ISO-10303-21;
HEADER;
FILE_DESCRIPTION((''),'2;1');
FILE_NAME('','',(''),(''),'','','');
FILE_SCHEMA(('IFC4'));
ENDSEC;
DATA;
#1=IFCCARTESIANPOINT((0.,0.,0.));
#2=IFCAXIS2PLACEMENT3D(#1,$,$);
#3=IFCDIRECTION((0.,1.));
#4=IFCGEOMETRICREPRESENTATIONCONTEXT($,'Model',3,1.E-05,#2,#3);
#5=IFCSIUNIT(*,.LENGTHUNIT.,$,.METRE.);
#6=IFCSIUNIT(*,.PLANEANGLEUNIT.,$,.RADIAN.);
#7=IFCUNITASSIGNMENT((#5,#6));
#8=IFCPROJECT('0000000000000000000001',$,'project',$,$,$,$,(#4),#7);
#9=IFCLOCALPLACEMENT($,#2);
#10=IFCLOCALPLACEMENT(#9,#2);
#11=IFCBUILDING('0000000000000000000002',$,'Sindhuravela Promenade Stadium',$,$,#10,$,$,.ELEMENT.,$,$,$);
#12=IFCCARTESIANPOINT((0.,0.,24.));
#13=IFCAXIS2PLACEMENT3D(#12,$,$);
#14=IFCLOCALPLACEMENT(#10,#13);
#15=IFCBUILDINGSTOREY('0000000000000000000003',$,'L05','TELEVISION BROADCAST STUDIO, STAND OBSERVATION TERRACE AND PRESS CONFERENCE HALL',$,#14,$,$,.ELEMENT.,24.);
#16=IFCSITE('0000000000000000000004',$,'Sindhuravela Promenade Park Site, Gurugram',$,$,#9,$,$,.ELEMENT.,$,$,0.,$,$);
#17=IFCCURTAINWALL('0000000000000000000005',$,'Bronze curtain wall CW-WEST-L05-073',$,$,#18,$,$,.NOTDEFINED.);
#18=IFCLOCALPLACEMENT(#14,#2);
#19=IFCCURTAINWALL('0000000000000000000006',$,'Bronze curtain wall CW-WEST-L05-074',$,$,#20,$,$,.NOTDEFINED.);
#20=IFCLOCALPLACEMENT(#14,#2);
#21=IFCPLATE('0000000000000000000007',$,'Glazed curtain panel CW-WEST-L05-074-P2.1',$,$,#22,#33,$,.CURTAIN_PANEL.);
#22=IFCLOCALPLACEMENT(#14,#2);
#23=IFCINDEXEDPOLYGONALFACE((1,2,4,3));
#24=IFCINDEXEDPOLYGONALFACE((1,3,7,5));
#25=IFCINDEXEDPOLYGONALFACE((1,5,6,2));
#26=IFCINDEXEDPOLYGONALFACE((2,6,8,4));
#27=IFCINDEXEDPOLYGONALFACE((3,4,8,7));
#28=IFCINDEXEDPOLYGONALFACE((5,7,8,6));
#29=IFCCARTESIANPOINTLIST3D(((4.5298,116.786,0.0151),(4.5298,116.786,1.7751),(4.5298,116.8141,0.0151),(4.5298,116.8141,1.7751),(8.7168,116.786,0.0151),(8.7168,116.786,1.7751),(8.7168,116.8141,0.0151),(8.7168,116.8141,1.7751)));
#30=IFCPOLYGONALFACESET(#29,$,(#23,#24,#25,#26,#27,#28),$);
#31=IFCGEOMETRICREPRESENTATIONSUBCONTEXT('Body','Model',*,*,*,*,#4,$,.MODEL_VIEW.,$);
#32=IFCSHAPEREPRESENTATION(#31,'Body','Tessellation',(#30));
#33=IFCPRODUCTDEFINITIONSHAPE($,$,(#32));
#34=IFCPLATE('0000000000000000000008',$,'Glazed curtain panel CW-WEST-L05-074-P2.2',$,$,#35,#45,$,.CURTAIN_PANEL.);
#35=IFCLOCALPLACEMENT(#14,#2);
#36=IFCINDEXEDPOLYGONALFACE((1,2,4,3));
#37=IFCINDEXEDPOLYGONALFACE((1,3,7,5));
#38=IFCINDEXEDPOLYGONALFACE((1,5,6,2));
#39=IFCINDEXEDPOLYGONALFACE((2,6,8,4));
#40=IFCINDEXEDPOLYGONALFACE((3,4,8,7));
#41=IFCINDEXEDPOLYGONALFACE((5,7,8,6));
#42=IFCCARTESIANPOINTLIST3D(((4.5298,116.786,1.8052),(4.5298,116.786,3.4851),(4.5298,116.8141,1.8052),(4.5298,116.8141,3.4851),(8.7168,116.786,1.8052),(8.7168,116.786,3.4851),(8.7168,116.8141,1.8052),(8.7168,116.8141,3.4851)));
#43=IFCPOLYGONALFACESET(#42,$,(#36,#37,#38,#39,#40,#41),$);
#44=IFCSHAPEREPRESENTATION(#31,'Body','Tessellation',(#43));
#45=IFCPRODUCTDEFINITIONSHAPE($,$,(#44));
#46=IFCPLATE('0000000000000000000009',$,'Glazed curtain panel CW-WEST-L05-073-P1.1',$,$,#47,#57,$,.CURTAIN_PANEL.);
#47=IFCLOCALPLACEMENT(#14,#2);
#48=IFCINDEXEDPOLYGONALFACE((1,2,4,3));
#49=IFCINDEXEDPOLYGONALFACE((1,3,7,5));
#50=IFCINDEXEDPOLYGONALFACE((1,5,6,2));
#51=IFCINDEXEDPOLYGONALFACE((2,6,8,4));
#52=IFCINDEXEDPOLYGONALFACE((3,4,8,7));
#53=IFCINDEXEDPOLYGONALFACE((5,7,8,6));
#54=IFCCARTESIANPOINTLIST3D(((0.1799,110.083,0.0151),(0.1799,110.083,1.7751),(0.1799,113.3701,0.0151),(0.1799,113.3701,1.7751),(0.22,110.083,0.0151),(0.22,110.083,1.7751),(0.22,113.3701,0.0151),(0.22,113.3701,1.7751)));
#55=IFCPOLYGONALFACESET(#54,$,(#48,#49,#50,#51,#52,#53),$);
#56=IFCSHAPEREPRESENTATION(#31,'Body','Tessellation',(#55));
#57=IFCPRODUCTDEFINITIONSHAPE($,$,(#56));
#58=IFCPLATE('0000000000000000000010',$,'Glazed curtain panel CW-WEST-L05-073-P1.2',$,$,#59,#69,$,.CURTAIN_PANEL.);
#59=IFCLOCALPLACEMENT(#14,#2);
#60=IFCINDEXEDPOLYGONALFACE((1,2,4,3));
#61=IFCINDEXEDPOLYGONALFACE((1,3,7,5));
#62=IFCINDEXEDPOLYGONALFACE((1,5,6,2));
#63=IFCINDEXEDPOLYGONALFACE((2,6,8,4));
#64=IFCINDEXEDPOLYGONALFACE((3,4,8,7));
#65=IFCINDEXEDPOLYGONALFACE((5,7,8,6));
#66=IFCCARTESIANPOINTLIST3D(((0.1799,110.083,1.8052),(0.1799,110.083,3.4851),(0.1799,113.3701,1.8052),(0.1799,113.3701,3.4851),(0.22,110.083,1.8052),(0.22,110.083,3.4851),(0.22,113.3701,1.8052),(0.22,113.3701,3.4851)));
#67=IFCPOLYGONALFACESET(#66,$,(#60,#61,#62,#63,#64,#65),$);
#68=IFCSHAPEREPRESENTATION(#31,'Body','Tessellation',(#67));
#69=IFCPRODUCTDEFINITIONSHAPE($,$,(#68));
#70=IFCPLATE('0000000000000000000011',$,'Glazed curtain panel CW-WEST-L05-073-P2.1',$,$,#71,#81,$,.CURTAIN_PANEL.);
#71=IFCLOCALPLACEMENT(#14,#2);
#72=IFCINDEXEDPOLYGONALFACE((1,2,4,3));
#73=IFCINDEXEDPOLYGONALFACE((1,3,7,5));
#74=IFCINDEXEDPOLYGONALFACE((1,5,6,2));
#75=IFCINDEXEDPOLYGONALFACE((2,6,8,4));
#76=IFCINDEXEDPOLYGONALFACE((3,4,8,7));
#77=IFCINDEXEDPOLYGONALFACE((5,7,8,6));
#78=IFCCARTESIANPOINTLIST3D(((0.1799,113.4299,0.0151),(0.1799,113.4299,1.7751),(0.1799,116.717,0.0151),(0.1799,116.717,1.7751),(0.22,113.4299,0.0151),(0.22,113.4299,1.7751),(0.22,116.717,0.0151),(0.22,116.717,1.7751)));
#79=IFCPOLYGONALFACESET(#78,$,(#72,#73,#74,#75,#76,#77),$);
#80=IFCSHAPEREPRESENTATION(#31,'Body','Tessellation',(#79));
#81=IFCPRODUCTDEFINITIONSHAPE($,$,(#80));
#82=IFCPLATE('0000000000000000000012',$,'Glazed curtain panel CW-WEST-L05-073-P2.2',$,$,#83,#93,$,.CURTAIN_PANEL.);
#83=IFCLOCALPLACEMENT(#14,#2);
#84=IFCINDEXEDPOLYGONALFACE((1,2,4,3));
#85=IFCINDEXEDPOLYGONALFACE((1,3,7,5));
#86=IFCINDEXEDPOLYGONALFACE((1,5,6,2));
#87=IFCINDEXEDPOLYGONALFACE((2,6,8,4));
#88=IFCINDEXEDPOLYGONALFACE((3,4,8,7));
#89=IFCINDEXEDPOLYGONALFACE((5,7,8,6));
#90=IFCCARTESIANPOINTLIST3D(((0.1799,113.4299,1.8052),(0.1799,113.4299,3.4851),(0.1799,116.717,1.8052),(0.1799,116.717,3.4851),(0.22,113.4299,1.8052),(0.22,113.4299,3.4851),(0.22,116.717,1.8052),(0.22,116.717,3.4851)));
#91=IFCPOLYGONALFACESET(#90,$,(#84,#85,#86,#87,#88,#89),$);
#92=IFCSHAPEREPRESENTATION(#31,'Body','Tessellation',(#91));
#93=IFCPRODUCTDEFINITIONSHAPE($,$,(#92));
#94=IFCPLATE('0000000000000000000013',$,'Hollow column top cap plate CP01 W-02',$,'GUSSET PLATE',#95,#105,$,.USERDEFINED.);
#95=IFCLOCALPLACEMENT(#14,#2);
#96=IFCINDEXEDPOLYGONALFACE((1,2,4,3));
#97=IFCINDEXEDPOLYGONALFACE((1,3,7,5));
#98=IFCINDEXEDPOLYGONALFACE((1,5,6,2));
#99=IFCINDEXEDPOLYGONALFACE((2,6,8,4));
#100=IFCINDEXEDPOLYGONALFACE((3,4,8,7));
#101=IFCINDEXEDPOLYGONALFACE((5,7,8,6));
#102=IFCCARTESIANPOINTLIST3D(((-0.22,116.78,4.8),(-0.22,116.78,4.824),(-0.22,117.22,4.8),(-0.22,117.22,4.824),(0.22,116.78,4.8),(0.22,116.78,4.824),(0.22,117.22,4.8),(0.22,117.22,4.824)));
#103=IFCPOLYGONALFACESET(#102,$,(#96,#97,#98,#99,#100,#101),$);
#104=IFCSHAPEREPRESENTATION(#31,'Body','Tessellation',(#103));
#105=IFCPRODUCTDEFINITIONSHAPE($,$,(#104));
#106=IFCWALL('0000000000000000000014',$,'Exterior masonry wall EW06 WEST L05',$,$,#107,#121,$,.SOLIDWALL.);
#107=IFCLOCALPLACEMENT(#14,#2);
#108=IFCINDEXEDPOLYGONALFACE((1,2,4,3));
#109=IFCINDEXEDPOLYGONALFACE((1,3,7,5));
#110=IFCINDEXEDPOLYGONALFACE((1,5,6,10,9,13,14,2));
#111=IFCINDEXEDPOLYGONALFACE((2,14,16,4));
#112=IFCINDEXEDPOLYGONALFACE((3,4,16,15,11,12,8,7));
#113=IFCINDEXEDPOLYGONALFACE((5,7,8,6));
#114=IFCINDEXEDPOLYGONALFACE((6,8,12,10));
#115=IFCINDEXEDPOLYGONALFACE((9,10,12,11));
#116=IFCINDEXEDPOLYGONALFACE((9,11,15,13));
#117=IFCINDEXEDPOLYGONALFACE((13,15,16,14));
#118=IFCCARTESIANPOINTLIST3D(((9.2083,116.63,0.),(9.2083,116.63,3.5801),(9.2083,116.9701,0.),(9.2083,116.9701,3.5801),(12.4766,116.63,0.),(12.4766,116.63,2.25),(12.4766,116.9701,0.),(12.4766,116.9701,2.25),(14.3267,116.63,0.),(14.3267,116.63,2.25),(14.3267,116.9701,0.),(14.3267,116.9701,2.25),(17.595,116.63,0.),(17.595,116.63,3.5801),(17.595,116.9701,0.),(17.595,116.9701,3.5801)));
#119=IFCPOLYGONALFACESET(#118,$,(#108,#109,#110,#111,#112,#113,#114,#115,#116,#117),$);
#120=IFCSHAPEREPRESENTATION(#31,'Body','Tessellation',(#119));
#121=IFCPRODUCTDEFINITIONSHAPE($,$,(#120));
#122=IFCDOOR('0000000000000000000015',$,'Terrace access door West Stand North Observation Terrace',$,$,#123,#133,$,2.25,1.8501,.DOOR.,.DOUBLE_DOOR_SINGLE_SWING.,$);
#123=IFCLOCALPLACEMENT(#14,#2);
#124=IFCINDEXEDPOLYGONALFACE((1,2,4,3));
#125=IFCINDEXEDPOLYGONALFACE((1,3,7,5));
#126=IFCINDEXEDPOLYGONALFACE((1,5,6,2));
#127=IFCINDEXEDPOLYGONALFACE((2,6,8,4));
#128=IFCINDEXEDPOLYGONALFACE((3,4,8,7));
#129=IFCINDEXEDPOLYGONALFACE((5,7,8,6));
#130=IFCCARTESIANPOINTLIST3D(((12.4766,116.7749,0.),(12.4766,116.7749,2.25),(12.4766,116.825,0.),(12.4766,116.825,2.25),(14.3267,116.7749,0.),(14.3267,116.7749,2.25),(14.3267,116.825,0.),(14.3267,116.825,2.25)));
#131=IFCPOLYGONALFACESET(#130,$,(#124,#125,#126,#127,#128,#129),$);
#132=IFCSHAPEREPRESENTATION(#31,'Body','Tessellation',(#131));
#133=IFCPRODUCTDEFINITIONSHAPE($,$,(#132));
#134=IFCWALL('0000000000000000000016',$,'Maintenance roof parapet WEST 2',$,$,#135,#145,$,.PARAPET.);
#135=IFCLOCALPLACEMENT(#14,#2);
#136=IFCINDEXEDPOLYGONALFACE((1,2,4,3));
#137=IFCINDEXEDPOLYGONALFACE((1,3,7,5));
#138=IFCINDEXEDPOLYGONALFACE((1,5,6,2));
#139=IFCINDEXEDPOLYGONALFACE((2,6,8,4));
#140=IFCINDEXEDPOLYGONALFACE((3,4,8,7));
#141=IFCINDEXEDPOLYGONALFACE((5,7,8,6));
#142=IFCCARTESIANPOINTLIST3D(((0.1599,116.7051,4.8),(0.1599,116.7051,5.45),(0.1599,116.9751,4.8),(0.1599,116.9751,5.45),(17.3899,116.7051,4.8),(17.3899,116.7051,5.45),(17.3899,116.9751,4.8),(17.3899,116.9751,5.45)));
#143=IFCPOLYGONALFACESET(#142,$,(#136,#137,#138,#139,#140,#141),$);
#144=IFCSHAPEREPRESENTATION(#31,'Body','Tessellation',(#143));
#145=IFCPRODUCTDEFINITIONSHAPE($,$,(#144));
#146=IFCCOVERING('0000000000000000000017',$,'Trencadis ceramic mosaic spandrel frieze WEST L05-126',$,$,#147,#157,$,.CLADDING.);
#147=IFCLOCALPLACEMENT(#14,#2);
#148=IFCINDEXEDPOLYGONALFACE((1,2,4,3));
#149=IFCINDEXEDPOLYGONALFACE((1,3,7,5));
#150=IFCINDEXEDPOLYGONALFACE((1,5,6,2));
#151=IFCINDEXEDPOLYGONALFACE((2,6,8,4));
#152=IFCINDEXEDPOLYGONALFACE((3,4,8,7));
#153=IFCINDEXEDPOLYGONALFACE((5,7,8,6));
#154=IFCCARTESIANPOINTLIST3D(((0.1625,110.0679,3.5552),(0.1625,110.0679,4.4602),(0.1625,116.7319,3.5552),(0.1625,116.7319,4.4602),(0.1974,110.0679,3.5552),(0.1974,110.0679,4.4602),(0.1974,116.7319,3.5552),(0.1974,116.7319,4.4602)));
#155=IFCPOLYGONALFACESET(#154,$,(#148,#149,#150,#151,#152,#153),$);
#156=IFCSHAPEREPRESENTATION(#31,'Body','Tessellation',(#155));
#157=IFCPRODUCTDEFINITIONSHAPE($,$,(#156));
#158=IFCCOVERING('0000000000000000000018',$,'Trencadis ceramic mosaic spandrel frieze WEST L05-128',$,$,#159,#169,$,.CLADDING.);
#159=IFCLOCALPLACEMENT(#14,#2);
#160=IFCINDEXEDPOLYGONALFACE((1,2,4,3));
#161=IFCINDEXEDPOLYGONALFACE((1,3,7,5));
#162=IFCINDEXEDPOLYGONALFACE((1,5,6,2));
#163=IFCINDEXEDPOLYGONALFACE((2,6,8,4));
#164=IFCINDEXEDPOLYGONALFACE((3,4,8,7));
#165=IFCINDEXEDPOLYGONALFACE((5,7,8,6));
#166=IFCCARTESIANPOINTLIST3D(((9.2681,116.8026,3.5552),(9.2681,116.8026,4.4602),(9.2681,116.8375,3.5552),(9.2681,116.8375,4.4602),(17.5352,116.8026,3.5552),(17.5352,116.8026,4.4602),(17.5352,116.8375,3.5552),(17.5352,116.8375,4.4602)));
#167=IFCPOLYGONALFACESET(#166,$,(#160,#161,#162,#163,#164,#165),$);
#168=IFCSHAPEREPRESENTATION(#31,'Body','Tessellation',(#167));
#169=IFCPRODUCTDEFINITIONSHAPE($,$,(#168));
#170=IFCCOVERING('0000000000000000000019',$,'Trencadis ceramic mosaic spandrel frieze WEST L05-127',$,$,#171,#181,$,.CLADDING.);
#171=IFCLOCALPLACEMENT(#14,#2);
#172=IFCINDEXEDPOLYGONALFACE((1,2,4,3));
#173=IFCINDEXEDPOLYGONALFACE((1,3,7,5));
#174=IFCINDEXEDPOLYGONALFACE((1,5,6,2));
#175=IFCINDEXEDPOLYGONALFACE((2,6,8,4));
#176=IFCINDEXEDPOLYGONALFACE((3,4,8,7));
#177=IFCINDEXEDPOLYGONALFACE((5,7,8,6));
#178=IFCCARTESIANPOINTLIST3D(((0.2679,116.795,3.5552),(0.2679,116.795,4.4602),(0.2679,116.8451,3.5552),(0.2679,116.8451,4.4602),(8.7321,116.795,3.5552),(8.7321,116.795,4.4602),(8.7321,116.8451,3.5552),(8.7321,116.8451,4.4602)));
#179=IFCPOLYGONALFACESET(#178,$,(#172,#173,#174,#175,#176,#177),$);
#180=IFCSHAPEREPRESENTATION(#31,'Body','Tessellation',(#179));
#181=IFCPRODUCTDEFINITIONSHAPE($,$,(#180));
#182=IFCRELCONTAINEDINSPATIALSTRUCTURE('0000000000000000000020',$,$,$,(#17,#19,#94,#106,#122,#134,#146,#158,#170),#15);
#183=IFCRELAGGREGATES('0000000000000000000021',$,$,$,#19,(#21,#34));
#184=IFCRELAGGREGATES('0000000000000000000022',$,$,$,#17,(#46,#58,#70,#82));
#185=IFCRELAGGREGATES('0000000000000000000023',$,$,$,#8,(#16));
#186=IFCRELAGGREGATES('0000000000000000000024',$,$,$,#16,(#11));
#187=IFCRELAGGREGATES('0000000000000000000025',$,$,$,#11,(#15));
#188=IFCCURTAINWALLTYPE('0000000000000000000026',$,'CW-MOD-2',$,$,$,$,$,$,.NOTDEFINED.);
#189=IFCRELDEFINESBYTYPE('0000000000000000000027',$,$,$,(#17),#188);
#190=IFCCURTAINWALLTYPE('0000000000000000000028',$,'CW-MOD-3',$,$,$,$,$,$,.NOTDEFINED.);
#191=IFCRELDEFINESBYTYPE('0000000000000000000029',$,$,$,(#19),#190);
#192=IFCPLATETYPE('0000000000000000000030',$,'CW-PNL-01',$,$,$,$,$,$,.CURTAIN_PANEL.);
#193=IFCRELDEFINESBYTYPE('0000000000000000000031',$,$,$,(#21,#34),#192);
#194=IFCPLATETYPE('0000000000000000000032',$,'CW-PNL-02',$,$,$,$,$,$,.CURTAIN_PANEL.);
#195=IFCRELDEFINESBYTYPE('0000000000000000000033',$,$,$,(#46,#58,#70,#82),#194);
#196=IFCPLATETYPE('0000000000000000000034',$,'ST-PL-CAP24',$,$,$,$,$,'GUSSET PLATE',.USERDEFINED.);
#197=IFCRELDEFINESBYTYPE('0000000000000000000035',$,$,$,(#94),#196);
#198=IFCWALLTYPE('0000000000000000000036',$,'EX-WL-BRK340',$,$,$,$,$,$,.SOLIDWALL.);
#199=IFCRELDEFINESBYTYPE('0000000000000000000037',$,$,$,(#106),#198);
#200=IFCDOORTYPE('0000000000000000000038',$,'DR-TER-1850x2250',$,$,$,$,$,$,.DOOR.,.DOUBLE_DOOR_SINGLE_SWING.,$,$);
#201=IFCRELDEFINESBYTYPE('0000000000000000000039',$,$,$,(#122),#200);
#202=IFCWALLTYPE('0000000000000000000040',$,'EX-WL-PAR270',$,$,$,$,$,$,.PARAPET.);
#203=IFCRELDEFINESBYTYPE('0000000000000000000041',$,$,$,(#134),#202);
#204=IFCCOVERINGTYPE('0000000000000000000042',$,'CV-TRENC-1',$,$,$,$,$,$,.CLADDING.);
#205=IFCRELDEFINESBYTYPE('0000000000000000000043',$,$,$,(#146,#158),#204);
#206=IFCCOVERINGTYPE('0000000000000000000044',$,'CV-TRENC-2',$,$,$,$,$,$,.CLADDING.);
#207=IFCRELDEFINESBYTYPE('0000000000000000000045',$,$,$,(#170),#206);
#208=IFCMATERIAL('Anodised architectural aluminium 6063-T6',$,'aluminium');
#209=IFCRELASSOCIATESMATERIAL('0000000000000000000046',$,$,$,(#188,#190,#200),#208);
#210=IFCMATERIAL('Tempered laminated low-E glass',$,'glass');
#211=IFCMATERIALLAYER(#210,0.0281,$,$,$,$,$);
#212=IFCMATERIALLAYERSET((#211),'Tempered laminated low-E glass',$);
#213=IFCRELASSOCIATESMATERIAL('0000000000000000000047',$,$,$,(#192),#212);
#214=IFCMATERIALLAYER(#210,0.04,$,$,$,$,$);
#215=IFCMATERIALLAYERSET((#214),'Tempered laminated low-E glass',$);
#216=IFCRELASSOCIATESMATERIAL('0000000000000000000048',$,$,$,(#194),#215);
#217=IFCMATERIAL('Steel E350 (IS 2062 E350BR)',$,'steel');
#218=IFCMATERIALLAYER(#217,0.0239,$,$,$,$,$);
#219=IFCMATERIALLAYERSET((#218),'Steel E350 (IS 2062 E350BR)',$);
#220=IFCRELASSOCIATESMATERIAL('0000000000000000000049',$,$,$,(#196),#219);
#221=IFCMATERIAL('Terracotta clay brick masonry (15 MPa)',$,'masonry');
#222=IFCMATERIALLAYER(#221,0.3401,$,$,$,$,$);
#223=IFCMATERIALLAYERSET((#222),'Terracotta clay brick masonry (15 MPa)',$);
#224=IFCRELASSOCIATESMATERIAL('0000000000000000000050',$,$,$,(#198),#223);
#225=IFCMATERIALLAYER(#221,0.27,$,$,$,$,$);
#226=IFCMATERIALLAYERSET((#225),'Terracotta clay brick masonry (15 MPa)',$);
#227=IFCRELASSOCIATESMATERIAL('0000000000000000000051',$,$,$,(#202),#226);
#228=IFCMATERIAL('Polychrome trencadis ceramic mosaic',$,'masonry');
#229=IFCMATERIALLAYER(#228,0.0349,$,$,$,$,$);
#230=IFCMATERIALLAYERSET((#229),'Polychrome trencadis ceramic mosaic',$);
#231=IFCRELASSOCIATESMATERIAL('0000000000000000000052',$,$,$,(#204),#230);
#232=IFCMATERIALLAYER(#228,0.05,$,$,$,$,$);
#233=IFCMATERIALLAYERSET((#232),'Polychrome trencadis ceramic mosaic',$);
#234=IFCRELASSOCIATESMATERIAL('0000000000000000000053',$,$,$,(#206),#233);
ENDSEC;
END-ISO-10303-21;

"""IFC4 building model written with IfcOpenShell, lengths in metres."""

from ifc_helpers import new_model, si_unit, direction, frame, frame_2d, origin, origin_2d, place, context, subcontext, project, spatial, rectangle, extrude, material, layer, layer_set, type_object, element, fill, aggregate, save


model = new_model("IFC4")

# Units and contexts
model_context = context("Model", 3, precision=1e-05, world=origin(), true_north=direction((0.0, 1.0)))
body_context = subcontext(model_context, "Body", "Model", "MODEL_VIEW")
ifc_project = project(units=[si_unit("LENGTHUNIT", "METRE"), si_unit("PLANEANGLEUNIT", "RADIAN")], contexts=[model_context])

# Site, building, storey
site_placement = place(None, origin())
site = spatial("IfcSite", under=ifc_project, at=site_placement, Name="Sindhuravela Promenade Park Site, Gurugram", CompositionType="ELEMENT", RefElevation=0.0)
building_placement = place(site_placement, origin())
building = spatial("IfcBuilding", under=site, at=building_placement, Name="Sindhuravela Promenade Stadium", CompositionType="ELEMENT")
storey_placement = place(building_placement, frame((0.0, 0.0, 24.0)))
storey = spatial("IfcBuildingStorey", under=building, at=storey_placement, Name="L05", Description="TELEVISION BROADCAST STUDIO, STAND OBSERVATION TERRACE AND PRESS CONFERENCE HALL", CompositionType="ELEMENT", Elevation=24.0)

# Shared definitions
ifc_material_1 = material(Name="Steel E350 (IS 2062 E350BR)", Category="steel")

# Curtain walls
ifc_material_2 = material(Name="Anodised architectural aluminium 6063-T6", Category="aluminium")
curtain_wall_type_1 = type_object("IfcCurtainWallType", Name="CW-MOD-2", PredefinedType="NOTDEFINED", material=ifc_material_2)
curtain_wall_1_placement = place(storey_placement, origin())
curtain_wall_1 = element("IfcCurtainWall", 1, at=curtain_wall_1_placement, inside=storey, type_object=curtain_wall_type_1, Name="Bronze curtain wall CW-WEST-L05-073", PredefinedType="NOTDEFINED")
curtain_wall_type_2 = type_object("IfcCurtainWallType", Name="CW-MOD-3", PredefinedType="NOTDEFINED", material=ifc_material_2)
curtain_wall_2_placement = place(storey_placement, origin())
curtain_wall_2 = element("IfcCurtainWall", 2, at=curtain_wall_2_placement, inside=storey, type_object=curtain_wall_type_2, Name="Bronze curtain wall CW-WEST-L05-074", PredefinedType="NOTDEFINED")

# Plates
ifc_material_3 = material(Name="Tempered laminated low-E glass", Category="glass")
ifc_layer_1 = layer(ifc_material_3, 0.0281)
ifc_layer_set_1 = layer_set([ifc_layer_1], Name="Tempered laminated low-E glass")
plate_type_1 = type_object("IfcPlateType", Name="CW-PNL-01", PredefinedType="CURTAIN_PANEL", material=ifc_layer_set_1)
plate_1_placement = place(storey_placement, frame((6.6233, 116.8, 0.0151), z_axis=(0.0, 0.0, 1.0), x_axis=(1.0, 0.0, 0.0)))
plate_1 = element("IfcPlate", 3, at=plate_1_placement, type_object=plate_type_1, Name="Glazed curtain panel CW-WEST-L05-074-P2.1", PredefinedType="CURTAIN_PANEL", context=body_context, shape_type="SweptSolid", body=[
    extrude(rectangle(XDim=4.187, YDim=0.0281, at=origin_2d()), origin(), (0.0, 0.0, 1.0), 1.76),
])
plate_2_placement = place(storey_placement, frame((6.6233, 116.8, 1.8052), z_axis=(0.0, 0.0, 1.0), x_axis=(1.0, 0.0, 0.0)))
plate_2 = element("IfcPlate", 4, at=plate_2_placement, type_object=plate_type_1, Name="Glazed curtain panel CW-WEST-L05-074-P2.2", PredefinedType="CURTAIN_PANEL", context=body_context, shape_type="SweptSolid", body=[
    extrude(rectangle(XDim=4.187, YDim=0.0281, at=origin_2d()), origin(), (0.0, 0.0, 1.0), 1.6799),
])
aggregate(curtain_wall_2, [plate_1, plate_2])
ifc_layer_2 = layer(ifc_material_3, 0.04)
ifc_layer_set_2 = layer_set([ifc_layer_2], Name="Tempered laminated low-E glass")
plate_type_2 = type_object("IfcPlateType", Name="CW-PNL-02", PredefinedType="CURTAIN_PANEL", material=ifc_layer_set_2)
plate_3_placement = place(storey_placement, frame((0.2, 111.7266, 0.0151), z_axis=(0.0, 0.0, 1.0), x_axis=(0.0, 1.0, 0.0)))
plate_3 = element("IfcPlate", 5, at=plate_3_placement, type_object=plate_type_2, Name="Glazed curtain panel CW-WEST-L05-073-P1.1", PredefinedType="CURTAIN_PANEL", context=body_context, shape_type="SweptSolid", body=[
    extrude(rectangle(XDim=3.2871, YDim=0.04, at=origin_2d()), origin(), (0.0, 0.0, 1.0), 1.76),
])
plate_4_placement = place(storey_placement, frame((0.2, 111.7266, 1.8052), z_axis=(0.0, 0.0, 1.0), x_axis=(0.0, 1.0, 0.0)))
plate_4 = element("IfcPlate", 6, at=plate_4_placement, type_object=plate_type_2, Name="Glazed curtain panel CW-WEST-L05-073-P1.2", PredefinedType="CURTAIN_PANEL", context=body_context, shape_type="SweptSolid", body=[
    extrude(rectangle(XDim=3.2871, YDim=0.04, at=origin_2d()), origin(), (0.0, 0.0, 1.0), 1.6799),
])
plate_5_placement = place(storey_placement, frame((0.2, 115.0735, 0.0151), z_axis=(0.0, 0.0, 1.0), x_axis=(0.0, 1.0, 0.0)))
plate_5 = element("IfcPlate", 7, at=plate_5_placement, type_object=plate_type_2, Name="Glazed curtain panel CW-WEST-L05-073-P2.1", PredefinedType="CURTAIN_PANEL", context=body_context, shape_type="SweptSolid", body=[
    extrude(rectangle(XDim=3.2871, YDim=0.04, at=origin_2d()), origin(), (0.0, 0.0, 1.0), 1.76),
])
plate_6_placement = place(storey_placement, frame((0.2, 115.0735, 1.8052), z_axis=(0.0, 0.0, 1.0), x_axis=(0.0, 1.0, 0.0)))
plate_6 = element("IfcPlate", 8, at=plate_6_placement, type_object=plate_type_2, Name="Glazed curtain panel CW-WEST-L05-073-P2.2", PredefinedType="CURTAIN_PANEL", context=body_context, shape_type="SweptSolid", body=[
    extrude(rectangle(XDim=3.2871, YDim=0.04, at=origin_2d()), origin(), (0.0, 0.0, 1.0), 1.6799),
])
aggregate(curtain_wall_1, [plate_3, plate_4, plate_5, plate_6])
ifc_layer_3 = layer(ifc_material_1, 0.0239)
ifc_layer_set_3 = layer_set([ifc_layer_3], Name="Steel E350 (IS 2062 E350BR)")
plate_type_3 = type_object("IfcPlateType", Name="ST-PL-CAP24", ElementType="GUSSET PLATE", PredefinedType="USERDEFINED", material=ifc_layer_set_3)
plate_7_placement = place(storey_placement, frame((0.0, 117.0, 4.8), z_axis=(0.0, 0.0, 1.0), x_axis=(1.0, 0.0, 0.0)))
element("IfcPlate", 9, at=plate_7_placement, inside=storey, type_object=plate_type_3, Name="Hollow column top cap plate CP01 W-02", ObjectType="GUSSET PLATE", PredefinedType="USERDEFINED", context=body_context, shape_type="SweptSolid", body=[
    extrude(rectangle(XDim=0.4399, YDim=0.4399, at=origin_2d()), origin(), (0.0, 0.0, 1.0), 0.0239),
])

# Wall, opening, door
ifc_material_4 = material(Name="Terracotta clay brick masonry (15 MPa)", Category="masonry")
ifc_layer_4 = layer(ifc_material_4, 0.3401)
ifc_layer_set_4 = layer_set([ifc_layer_4], Name="Terracotta clay brick masonry (15 MPa)")
wall_type_1 = type_object("IfcWallType", Name="EX-WL-BRK340", PredefinedType="SOLIDWALL", material=ifc_layer_set_4)
wall_1_placement = place(storey_placement, frame((9.2083, 116.8, 0.0), z_axis=(0.0, 0.0, 1.0), x_axis=(1.0, 0.0, 0.0)))
wall_1 = element("IfcWall", 10, at=wall_1_placement, inside=storey, type_object=wall_type_1, Name="Exterior masonry wall EW06 WEST L05", PredefinedType="SOLIDWALL", context=body_context, shape_type="SweptSolid", body=[
    extrude(rectangle(XDim=8.3867, YDim=0.3401, at=frame_2d((4.1934, 0.0))), origin(), (0.0, 0.0, 1.0), 3.5801),
])
opening_placement = place(wall_1_placement, frame((3.2683, 0.0, 0.0)))
opening = element("IfcOpeningElement", 11, at=opening_placement, cuts=wall_1, PredefinedType="OPENING", context=body_context, shape_type="SweptSolid", body=[
    extrude(rectangle(XDim=1.8501, YDim=2.25, at=frame_2d((0.925, 1.125))), frame((0.0, 0.1799, 0.0), z_axis=(0.0, -1.0, 0.0), x_axis=(1.0, 0.0, 0.0)), (0.0, 0.0, 1.0), 0.3601),
])
door_type = type_object("IfcDoorType", Name="DR-TER-1850x2250", OperationType="DOUBLE_DOOR_SINGLE_SWING", PredefinedType="DOOR", material=ifc_material_2)
door_placement = place(opening_placement, origin())
door = element("IfcDoor", 12, at=door_placement, inside=storey, type_object=door_type, Name="Terrace access door West Stand North Observation Terrace", OperationType="DOUBLE_DOOR_SINGLE_SWING", OverallHeight=2.25, OverallWidth=1.8501, PredefinedType="DOOR", context=body_context, shape_type="SweptSolid", body=[
    extrude(rectangle(XDim=1.8501, YDim=2.25, at=frame_2d((0.925, 1.125))), frame((0.0, 0.0249, 0.0), z_axis=(0.0, -1.0, 0.0), x_axis=(1.0, 0.0, 0.0)), (0.0, 0.0, 1.0), 0.05),
])
fill(opening, door)

# Wall
ifc_layer_5 = layer(ifc_material_4, 0.27)
ifc_layer_set_5 = layer_set([ifc_layer_5], Name="Terracotta clay brick masonry (15 MPa)")
wall_type_2 = type_object("IfcWallType", Name="EX-WL-PAR270", PredefinedType="PARAPET", material=ifc_layer_set_5)
wall_2_placement = place(storey_placement, frame((0.1599, 116.8401, 4.8), z_axis=(0.0, 0.0, 1.0), x_axis=(1.0, 0.0, 0.0)))
element("IfcWall", 13, at=wall_2_placement, inside=storey, type_object=wall_type_2, Name="Maintenance roof parapet WEST 2", PredefinedType="PARAPET", context=body_context, shape_type="SweptSolid", body=[
    extrude(rectangle(XDim=17.23, YDim=0.27, at=frame_2d((8.615, 0.0))), origin(), (0.0, 0.0, 1.0), 0.6499),
])

# Coverings
ifc_material_5 = material(Name="Polychrome trencadis ceramic mosaic", Category="masonry")
ifc_layer_6 = layer(ifc_material_5, 0.0349)
ifc_layer_set_6 = layer_set([ifc_layer_6], Name="Polychrome trencadis ceramic mosaic")
covering_type_1 = type_object("IfcCoveringType", Name="CV-TRENC-1", PredefinedType="CLADDING", material=ifc_layer_set_6)
covering_1_placement = place(storey_placement, frame((0.1799, 113.3999, 3.5552), z_axis=(0.0, 0.0, 1.0), x_axis=(0.0, 1.0, 0.0)))
element("IfcCovering", 14, at=covering_1_placement, inside=storey, type_object=covering_type_1, Name="Trencadis ceramic mosaic spandrel frieze WEST L05-126", PredefinedType="CLADDING", context=body_context, shape_type="SweptSolid", body=[
    extrude(rectangle(XDim=6.6641, YDim=0.0349, at=origin_2d()), origin(), (0.0, 0.0, 1.0), 0.905),
])
covering_2_placement = place(storey_placement, frame((13.4016, 116.8201, 3.5552), z_axis=(0.0, 0.0, 1.0), x_axis=(1.0, 0.0, 0.0)))
element("IfcCovering", 15, at=covering_2_placement, inside=storey, type_object=covering_type_1, Name="Trencadis ceramic mosaic spandrel frieze WEST L05-128", PredefinedType="CLADDING", context=body_context, shape_type="SweptSolid", body=[
    extrude(rectangle(XDim=8.2671, YDim=0.0349, at=origin_2d()), origin(), (0.0, 0.0, 1.0), 0.905),
])
ifc_layer_7 = layer(ifc_material_5, 0.05)
ifc_layer_set_7 = layer_set([ifc_layer_7], Name="Polychrome trencadis ceramic mosaic")
covering_type_2 = type_object("IfcCoveringType", Name="CV-TRENC-2", PredefinedType="CLADDING", material=ifc_layer_set_7)
covering_3_placement = place(storey_placement, frame((4.5, 116.8201, 3.5552), z_axis=(0.0, 0.0, 1.0), x_axis=(1.0, 0.0, 0.0)))
element("IfcCovering", 16, at=covering_3_placement, inside=storey, type_object=covering_type_2, Name="Trencadis ceramic mosaic spandrel frieze WEST L05-127", PredefinedType="CLADDING", context=body_context, shape_type="SweptSolid", body=[
    extrude(rectangle(XDim=8.4641, YDim=0.05, at=origin_2d()), origin(), (0.0, 0.0, 1.0), 0.905),
])

save(model, "model.ifc")
